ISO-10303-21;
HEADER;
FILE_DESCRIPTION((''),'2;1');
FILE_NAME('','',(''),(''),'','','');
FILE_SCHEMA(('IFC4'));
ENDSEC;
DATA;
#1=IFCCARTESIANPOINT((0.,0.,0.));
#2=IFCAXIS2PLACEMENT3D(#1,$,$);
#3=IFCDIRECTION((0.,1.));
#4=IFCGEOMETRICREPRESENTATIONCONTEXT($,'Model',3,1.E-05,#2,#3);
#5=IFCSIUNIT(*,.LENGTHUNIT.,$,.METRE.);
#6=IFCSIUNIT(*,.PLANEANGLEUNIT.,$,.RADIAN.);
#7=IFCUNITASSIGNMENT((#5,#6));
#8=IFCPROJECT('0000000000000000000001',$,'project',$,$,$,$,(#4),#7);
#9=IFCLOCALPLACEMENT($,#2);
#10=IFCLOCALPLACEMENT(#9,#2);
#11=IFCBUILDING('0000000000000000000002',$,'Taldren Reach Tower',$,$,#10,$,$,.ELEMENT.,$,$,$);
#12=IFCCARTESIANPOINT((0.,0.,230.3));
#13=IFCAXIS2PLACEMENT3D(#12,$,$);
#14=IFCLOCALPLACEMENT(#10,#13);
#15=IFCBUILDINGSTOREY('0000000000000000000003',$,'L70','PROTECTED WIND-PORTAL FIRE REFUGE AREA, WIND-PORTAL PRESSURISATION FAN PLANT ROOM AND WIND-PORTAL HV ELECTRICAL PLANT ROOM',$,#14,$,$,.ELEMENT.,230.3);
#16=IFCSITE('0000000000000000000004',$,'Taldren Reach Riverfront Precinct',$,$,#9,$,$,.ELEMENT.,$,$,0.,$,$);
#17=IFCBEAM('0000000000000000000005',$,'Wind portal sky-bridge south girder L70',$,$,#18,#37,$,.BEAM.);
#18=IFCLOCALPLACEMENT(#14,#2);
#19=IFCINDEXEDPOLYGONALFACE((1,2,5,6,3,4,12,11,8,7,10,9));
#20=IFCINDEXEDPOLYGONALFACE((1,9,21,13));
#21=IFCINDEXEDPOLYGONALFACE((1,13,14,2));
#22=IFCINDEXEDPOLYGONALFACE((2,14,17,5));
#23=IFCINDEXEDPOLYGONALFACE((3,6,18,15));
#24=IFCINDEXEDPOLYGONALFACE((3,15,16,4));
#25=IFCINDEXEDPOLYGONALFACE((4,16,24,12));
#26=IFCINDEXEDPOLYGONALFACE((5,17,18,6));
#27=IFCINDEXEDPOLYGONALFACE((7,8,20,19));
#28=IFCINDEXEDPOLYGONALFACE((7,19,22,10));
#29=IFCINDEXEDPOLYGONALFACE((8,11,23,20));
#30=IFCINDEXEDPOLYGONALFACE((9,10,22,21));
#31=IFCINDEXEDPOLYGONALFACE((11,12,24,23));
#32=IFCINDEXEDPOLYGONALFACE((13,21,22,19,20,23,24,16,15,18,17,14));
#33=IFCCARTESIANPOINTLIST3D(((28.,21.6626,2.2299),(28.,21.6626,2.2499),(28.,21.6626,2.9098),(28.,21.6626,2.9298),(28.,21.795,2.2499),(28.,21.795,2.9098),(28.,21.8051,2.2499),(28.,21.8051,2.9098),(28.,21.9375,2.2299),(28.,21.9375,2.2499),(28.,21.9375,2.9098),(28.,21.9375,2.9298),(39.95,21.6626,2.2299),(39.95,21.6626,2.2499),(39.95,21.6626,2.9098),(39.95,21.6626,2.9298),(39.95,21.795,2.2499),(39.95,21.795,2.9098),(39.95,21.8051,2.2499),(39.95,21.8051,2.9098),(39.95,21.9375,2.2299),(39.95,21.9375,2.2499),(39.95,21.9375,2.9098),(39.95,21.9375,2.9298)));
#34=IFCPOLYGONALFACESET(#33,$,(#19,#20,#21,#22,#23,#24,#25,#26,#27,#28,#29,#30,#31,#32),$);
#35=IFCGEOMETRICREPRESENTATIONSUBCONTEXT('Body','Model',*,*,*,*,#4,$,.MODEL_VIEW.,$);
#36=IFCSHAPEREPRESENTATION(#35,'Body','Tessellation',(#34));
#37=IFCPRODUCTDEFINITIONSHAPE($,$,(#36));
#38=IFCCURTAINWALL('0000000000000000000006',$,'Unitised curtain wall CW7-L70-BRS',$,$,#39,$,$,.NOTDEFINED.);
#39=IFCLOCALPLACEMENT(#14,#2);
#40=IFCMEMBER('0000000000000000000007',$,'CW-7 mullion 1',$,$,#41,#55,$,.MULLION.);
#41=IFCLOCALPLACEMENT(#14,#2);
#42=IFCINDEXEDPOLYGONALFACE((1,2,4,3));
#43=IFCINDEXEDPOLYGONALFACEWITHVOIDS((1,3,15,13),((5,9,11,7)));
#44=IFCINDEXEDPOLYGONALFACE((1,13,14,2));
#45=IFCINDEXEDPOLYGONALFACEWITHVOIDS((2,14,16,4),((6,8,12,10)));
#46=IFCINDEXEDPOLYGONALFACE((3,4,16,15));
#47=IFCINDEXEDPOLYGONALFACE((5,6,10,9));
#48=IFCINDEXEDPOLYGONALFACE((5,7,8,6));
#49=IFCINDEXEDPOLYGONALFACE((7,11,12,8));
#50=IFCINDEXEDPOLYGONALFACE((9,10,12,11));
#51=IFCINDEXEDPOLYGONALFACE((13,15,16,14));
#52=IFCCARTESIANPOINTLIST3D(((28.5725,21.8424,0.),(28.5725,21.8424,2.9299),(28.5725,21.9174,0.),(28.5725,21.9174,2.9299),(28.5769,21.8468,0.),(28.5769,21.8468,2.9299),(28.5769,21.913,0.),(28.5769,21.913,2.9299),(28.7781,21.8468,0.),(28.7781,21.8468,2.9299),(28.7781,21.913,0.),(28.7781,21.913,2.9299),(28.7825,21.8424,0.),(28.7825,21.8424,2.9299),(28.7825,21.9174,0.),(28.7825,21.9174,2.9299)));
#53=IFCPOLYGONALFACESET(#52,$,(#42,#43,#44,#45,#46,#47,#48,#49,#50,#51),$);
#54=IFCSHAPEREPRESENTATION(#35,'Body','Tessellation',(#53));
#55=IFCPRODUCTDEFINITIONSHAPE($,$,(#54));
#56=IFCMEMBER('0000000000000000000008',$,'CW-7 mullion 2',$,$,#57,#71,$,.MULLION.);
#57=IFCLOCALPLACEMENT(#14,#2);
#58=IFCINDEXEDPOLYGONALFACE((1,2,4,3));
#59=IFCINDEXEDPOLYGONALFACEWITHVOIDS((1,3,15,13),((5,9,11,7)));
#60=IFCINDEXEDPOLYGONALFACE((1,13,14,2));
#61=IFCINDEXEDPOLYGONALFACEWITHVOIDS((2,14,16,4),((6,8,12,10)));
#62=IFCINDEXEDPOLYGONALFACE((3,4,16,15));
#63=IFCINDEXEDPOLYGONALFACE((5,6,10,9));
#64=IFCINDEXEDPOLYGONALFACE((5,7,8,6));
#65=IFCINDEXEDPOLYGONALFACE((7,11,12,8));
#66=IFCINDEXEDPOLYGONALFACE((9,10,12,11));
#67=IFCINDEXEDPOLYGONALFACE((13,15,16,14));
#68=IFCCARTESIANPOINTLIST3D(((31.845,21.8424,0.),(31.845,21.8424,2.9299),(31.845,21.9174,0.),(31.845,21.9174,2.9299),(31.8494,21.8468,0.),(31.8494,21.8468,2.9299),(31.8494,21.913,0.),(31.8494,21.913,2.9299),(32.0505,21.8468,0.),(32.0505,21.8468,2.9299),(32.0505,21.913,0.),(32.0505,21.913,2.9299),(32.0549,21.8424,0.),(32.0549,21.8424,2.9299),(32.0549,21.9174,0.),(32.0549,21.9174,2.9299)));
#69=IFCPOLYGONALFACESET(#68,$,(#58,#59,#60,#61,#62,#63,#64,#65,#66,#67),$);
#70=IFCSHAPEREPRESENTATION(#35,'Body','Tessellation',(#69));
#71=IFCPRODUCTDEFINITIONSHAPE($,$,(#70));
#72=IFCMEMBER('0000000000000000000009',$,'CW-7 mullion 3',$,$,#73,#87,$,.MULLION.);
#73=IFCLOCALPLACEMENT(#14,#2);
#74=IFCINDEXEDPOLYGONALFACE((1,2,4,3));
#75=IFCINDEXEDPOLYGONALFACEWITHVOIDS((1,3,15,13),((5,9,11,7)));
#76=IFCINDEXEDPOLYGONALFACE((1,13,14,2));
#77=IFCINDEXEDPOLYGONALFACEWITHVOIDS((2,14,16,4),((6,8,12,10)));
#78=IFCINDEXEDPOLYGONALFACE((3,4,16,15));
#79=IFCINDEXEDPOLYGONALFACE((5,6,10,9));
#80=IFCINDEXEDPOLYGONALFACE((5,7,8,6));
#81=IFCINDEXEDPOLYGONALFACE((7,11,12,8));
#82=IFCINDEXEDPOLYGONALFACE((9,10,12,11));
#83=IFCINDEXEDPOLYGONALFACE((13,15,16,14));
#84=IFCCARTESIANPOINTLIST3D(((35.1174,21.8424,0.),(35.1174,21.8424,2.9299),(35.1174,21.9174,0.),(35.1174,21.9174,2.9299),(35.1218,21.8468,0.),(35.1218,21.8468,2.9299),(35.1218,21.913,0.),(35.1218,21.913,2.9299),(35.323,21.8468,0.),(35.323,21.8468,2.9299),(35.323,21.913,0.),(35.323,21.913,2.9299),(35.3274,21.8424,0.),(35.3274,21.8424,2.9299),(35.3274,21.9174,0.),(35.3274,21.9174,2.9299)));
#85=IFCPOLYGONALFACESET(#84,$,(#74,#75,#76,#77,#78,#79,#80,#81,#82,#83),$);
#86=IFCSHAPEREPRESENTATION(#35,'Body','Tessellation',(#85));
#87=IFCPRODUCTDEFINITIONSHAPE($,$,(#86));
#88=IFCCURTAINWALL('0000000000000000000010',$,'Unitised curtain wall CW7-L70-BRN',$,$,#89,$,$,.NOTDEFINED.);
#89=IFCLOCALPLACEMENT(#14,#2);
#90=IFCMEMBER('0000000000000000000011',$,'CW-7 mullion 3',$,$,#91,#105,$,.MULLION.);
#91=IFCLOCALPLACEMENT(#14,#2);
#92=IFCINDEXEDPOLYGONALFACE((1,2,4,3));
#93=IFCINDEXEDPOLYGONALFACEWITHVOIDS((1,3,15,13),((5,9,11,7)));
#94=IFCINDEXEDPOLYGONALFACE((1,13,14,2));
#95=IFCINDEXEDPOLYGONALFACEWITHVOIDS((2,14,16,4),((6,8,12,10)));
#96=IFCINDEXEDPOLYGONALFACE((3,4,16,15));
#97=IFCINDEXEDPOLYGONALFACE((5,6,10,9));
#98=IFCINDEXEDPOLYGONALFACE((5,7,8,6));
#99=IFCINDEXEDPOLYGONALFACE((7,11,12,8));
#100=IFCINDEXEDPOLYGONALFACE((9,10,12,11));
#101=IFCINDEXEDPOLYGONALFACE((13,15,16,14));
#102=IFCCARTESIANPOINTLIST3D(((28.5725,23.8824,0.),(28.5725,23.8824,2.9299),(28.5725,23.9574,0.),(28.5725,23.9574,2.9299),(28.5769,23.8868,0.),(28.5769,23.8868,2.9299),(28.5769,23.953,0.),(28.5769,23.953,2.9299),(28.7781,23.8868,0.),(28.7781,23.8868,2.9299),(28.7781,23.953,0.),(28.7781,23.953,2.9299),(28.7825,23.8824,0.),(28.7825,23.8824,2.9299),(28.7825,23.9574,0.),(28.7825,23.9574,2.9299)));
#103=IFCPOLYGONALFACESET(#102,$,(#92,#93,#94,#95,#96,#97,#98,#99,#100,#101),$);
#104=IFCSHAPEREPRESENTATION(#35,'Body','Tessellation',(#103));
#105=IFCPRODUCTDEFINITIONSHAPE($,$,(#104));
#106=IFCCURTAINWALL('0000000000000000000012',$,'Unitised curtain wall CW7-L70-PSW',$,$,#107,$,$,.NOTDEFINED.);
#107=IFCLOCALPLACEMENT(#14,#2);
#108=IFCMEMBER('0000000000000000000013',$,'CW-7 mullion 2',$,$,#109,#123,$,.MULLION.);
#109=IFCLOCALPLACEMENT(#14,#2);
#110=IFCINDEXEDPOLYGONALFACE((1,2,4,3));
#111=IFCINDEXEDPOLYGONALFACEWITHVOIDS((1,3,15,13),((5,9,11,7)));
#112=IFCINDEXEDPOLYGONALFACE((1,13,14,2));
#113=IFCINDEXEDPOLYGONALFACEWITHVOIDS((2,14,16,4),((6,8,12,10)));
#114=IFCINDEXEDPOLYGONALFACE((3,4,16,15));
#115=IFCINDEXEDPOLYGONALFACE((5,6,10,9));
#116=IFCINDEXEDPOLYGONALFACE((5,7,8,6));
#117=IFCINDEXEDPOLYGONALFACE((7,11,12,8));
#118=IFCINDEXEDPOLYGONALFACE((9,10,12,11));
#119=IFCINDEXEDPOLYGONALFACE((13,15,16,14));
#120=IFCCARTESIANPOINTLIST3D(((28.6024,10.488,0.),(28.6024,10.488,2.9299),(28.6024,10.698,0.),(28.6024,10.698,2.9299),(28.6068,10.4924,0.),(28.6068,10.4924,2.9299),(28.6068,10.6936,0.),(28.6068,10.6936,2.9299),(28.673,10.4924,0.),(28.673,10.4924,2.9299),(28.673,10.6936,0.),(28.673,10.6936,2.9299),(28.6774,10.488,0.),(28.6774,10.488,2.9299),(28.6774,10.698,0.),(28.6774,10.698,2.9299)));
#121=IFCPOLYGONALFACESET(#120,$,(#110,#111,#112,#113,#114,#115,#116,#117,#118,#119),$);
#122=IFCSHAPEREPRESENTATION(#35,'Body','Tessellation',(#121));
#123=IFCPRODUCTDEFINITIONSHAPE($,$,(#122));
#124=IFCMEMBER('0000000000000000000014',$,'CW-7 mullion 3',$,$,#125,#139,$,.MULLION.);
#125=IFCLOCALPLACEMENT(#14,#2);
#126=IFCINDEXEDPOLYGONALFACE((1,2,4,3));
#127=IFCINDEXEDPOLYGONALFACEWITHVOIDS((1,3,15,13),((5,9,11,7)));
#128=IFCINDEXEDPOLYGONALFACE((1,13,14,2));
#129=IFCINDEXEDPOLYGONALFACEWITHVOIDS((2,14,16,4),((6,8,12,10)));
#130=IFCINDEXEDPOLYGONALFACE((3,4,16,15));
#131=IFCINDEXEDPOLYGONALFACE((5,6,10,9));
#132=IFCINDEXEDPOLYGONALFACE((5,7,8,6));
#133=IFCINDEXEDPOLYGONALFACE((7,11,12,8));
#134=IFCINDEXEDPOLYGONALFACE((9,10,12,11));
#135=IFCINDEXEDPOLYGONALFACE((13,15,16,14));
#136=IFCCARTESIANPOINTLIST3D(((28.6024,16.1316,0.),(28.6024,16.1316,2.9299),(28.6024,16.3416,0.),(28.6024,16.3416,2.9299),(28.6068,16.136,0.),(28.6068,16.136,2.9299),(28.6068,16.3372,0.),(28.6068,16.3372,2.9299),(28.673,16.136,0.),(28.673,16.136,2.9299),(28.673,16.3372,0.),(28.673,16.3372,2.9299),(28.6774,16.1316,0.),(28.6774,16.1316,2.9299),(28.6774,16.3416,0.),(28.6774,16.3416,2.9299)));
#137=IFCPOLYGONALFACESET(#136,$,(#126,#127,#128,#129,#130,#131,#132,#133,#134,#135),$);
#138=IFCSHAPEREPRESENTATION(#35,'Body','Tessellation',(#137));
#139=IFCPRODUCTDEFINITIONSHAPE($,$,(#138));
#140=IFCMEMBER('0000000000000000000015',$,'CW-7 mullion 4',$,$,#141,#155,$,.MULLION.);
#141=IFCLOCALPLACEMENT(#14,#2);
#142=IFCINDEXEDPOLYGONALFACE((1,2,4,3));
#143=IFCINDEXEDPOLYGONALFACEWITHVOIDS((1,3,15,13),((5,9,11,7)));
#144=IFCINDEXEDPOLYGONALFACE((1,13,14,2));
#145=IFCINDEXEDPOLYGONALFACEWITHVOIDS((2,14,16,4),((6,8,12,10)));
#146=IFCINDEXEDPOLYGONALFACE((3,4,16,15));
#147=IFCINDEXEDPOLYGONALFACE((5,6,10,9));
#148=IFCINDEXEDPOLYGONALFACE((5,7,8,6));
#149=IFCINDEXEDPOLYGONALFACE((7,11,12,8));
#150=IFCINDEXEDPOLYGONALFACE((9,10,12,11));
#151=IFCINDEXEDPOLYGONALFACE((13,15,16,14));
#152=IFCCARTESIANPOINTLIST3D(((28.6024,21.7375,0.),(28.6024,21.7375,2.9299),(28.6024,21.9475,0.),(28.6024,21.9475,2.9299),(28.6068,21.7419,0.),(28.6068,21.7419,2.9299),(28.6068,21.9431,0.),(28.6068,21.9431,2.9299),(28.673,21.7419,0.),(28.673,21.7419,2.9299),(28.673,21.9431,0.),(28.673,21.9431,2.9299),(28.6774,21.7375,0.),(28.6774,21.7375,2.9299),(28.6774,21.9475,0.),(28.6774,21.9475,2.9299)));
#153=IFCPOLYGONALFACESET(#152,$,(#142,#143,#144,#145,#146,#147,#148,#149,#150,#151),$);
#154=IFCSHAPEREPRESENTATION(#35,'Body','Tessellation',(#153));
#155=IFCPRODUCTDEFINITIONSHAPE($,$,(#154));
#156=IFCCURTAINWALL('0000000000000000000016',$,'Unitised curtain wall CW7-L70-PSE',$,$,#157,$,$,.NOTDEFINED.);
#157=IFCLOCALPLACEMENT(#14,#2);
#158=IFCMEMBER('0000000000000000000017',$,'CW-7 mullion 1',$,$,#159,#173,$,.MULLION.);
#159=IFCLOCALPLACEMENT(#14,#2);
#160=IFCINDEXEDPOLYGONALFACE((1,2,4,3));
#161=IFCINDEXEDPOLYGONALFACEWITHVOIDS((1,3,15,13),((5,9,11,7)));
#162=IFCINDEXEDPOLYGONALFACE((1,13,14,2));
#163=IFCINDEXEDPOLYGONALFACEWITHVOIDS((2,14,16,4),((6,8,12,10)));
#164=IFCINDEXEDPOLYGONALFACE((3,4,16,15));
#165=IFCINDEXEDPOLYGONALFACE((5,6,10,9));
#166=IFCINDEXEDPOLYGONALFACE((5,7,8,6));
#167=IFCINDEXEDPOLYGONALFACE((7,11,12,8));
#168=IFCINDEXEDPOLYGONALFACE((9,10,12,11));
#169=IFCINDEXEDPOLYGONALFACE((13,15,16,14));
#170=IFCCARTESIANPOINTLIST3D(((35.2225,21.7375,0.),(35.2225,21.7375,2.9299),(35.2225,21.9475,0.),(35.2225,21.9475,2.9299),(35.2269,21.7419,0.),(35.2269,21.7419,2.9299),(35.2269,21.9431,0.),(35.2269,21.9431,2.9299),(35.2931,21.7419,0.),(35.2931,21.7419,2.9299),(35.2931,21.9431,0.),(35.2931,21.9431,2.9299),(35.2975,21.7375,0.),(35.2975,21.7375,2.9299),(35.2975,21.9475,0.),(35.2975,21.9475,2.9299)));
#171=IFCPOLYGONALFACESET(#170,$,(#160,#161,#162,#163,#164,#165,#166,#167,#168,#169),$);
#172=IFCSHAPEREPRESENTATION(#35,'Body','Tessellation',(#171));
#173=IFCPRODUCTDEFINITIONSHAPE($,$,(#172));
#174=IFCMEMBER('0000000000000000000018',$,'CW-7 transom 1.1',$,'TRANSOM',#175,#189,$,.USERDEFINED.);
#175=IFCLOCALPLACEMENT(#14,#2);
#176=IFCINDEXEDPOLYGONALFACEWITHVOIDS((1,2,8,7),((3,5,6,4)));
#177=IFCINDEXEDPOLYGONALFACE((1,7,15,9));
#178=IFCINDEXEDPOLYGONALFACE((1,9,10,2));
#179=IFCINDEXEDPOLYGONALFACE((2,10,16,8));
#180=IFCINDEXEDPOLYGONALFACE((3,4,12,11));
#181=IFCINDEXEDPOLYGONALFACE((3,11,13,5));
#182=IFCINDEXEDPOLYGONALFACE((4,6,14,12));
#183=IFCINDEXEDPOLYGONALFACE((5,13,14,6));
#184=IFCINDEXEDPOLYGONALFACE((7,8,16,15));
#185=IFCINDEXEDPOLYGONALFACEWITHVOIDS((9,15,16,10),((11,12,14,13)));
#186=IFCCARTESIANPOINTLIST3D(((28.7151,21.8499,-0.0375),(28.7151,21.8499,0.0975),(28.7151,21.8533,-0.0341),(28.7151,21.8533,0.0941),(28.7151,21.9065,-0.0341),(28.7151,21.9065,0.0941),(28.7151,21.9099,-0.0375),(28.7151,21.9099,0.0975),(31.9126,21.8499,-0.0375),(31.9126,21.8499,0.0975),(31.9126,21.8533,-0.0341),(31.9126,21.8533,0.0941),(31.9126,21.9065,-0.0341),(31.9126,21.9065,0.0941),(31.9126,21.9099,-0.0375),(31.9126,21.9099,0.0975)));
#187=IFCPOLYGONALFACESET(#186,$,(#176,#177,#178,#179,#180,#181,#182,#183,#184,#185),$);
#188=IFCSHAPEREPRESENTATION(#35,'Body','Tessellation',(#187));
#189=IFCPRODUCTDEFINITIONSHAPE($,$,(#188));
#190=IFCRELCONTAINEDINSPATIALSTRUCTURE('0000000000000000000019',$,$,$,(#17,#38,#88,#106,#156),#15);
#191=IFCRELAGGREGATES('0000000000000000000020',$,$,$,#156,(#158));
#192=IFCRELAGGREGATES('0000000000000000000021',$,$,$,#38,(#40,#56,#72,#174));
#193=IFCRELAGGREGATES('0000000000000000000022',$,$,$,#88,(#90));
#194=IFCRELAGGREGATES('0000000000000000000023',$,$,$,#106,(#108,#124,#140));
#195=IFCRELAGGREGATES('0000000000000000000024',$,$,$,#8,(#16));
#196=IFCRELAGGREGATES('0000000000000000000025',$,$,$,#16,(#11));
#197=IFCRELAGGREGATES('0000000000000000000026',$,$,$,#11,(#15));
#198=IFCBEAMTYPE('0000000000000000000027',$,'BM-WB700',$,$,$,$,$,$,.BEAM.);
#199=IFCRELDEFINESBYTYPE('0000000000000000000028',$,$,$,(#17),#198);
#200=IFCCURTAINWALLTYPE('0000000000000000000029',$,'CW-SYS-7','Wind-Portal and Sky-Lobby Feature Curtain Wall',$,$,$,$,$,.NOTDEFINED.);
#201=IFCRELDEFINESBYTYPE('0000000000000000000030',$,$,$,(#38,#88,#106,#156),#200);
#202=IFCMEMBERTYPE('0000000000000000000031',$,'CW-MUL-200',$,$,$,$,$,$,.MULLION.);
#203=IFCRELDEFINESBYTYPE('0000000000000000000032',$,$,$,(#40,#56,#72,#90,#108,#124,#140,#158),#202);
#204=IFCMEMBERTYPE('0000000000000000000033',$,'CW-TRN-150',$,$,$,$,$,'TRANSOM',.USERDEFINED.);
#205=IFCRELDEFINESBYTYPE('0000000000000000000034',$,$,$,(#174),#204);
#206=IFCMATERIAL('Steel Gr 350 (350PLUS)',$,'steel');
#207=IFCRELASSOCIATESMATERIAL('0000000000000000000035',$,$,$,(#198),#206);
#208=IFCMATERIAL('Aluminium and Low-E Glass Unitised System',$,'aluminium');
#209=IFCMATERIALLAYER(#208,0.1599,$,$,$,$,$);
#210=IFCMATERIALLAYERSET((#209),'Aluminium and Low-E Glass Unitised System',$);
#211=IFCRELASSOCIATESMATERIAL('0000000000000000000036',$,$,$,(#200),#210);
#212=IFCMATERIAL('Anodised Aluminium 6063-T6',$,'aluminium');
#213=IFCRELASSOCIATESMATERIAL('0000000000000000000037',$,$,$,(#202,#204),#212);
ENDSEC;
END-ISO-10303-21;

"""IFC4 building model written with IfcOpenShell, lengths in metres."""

from ifc_helpers import new_model, si_unit, direction, frame, origin, origin_2d, place, context, subcontext, project, spatial, hollow_rectangle, i_section, extrude, source, transform, mapped, material, layer, layer_set, material_profile, profile_set, type_object, element, aggregate, save


model = new_model("IFC4")

# Units and contexts
model_context = context("Model", 3, precision=1e-05, world=origin(), true_north=direction((0.0, 1.0)))
body_context = subcontext(model_context, "Body", "Model", "MODEL_VIEW")
ifc_project = project(units=[si_unit("LENGTHUNIT", "METRE"), si_unit("PLANEANGLEUNIT", "RADIAN")], contexts=[model_context])

# Site, building, storey
site_placement = place(None, origin())
site = spatial("IfcSite", under=ifc_project, at=site_placement, Name="Taldren Reach Riverfront Precinct", CompositionType="ELEMENT", RefElevation=0.0)
building_placement = place(site_placement, origin())
building = spatial("IfcBuilding", under=site, at=building_placement, Name="Taldren Reach Tower", CompositionType="ELEMENT")
storey_placement = place(building_placement, frame((0.0, 0.0, 230.3)))
storey = spatial("IfcBuildingStorey", under=building, at=storey_placement, Name="L70", Description="PROTECTED WIND-PORTAL FIRE REFUGE AREA, WIND-PORTAL PRESSURISATION FAN PLANT ROOM AND WIND-PORTAL HV ELECTRICAL PLANT ROOM", CompositionType="ELEMENT", Elevation=230.3)

# Beam
ifc_material_1 = material(Name="Steel Gr 350 (350PLUS)", Category="steel")
ifc_material_profile_1 = material_profile(ifc_material_1, i_section(OverallWidth=0.2749, OverallDepth=0.7, WebThickness=0.01, FlangeThickness=0.02, at=origin_2d()), Name="700WB150")
ifc_profile_set_1 = profile_set([ifc_material_profile_1], Name="Steel Gr 350 (350PLUS)")
beam_type = type_object("IfcBeamType", Name="BM-WB700", PredefinedType="BEAM", material=ifc_profile_set_1)
shared_shape_1 = source(origin(), body_context, "Body", "SweptSolid", [
    extrude(i_section(OverallWidth=0.2749, OverallDepth=0.7, WebThickness=0.01, FlangeThickness=0.02, at=origin_2d()), origin(), (0.0, 0.0, 1.0), 11.95),
])
beam_placement = place(storey_placement, frame((28.0, 21.8, 2.5798), z_axis=(1.0, 0.0, 0.0), x_axis=(0.0, 1.0, 0.0)))
element("IfcBeam", 1, at=beam_placement, inside=storey, type_object=beam_type, Name="Wind portal sky-bridge south girder L70", PredefinedType="BEAM", context=body_context, shape_type="MappedRepresentation", body=[
    mapped(shared_shape_1, transform((0.0, 0.0, 0.0), scale=1.0)),
])

# Curtain wall, members
ifc_material_2 = material(Name="Aluminium and Low-E Glass Unitised System", Category="aluminium")
ifc_layer_1 = layer(ifc_material_2, 0.1599)
ifc_layer_set_1 = layer_set([ifc_layer_1], Name="Aluminium and Low-E Glass Unitised System")
curtain_wall_type = type_object("IfcCurtainWallType", Name="CW-SYS-7", Description="Wind-Portal and Sky-Lobby Feature Curtain Wall", PredefinedType="NOTDEFINED", material=ifc_layer_set_1)
curtain_wall_1_placement = place(storey_placement, origin())
curtain_wall_1 = element("IfcCurtainWall", 2, at=curtain_wall_1_placement, inside=storey, type_object=curtain_wall_type, Name="Unitised curtain wall CW7-L70-BRS", PredefinedType="NOTDEFINED")
ifc_material_3 = material(Name="Anodised Aluminium 6063-T6", Category="aluminium")
ifc_material_profile_2 = material_profile(ifc_material_3, hollow_rectangle(XDim=0.075, YDim=0.21, WallThickness=0.0044, at=origin_2d()), Name="ALU-210x75x4.5RHS")
ifc_profile_set_2 = profile_set([ifc_material_profile_2], Name="Anodised Aluminium 6063-T6")
member_type_1 = type_object("IfcMemberType", Name="CW-MUL-200", PredefinedType="MULLION", material=ifc_profile_set_2)
shared_shape_2 = source(origin(), body_context, "Body", "SweptSolid", [
    extrude(hollow_rectangle(XDim=0.075, YDim=0.21, WallThickness=0.0044, at=origin_2d()), origin(), (0.0, 0.0, 1.0), 2.9299),
])
member_1_placement = place(storey_placement, frame((28.6775, 21.8799, 0.0), z_axis=(0.0, 0.0, 1.0), x_axis=(0.0, 1.0, 0.0)))
member_1 = element("IfcMember", 3, at=member_1_placement, type_object=member_type_1, Name="CW-7 mullion 1", PredefinedType="MULLION", context=body_context, shape_type="MappedRepresentation", body=[
    mapped(shared_shape_2, transform((0.0, 0.0, 0.0), scale=1.0)),
])
member_2_placement = place(storey_placement, frame((31.95, 21.8799, 0.0), z_axis=(0.0, 0.0, 1.0), x_axis=(0.0, 1.0, 0.0)))
member_2 = element("IfcMember", 4, at=member_2_placement, type_object=member_type_1, Name="CW-7 mullion 2", PredefinedType="MULLION", context=body_context, shape_type="MappedRepresentation", body=[
    mapped(shared_shape_2, transform((0.0, 0.0, 0.0), scale=1.0)),
])
member_3_placement = place(storey_placement, frame((35.2224, 21.8799, 0.0), z_axis=(0.0, 0.0, 1.0), x_axis=(0.0, 1.0, 0.0)))
member_3 = element("IfcMember", 5, at=member_3_placement, type_object=member_type_1, Name="CW-7 mullion 3", PredefinedType="MULLION", context=body_context, shape_type="MappedRepresentation", body=[
    mapped(shared_shape_2, transform((0.0, 0.0, 0.0), scale=1.0)),
])

# Curtain wall, member
curtain_wall_2_placement = place(storey_placement, origin())
curtain_wall_2 = element("IfcCurtainWall", 6, at=curtain_wall_2_placement, inside=storey, type_object=curtain_wall_type, Name="Unitised curtain wall CW7-L70-BRN", PredefinedType="NOTDEFINED")
member_4_placement = place(storey_placement, frame((28.6775, 23.9199, 0.0), z_axis=(0.0, 0.0, 1.0), x_axis=(0.0, -1.0, 0.0)))
member_4 = element("IfcMember", 7, at=member_4_placement, type_object=member_type_1, Name="CW-7 mullion 3", PredefinedType="MULLION", context=body_context, shape_type="MappedRepresentation", body=[
    mapped(shared_shape_2, transform((0.0, 0.0, 0.0), scale=1.0)),
])

# Curtain wall, members
curtain_wall_3_placement = place(storey_placement, origin())
curtain_wall_3 = element("IfcCurtainWall", 8, at=curtain_wall_3_placement, inside=storey, type_object=curtain_wall_type, Name="Unitised curtain wall CW7-L70-PSW", PredefinedType="NOTDEFINED")
member_5_placement = place(storey_placement, frame((28.6399, 10.593, 0.0), z_axis=(0.0, 0.0, 1.0), x_axis=(-1.0, 0.0, 0.0)))
member_5 = element("IfcMember", 9, at=member_5_placement, type_object=member_type_1, Name="CW-7 mullion 2", PredefinedType="MULLION", context=body_context, shape_type="MappedRepresentation", body=[
    mapped(shared_shape_2, transform((0.0, 0.0, 0.0), scale=1.0)),
])
member_6_placement = place(storey_placement, frame((28.6399, 16.2366, 0.0), z_axis=(0.0, 0.0, 1.0), x_axis=(-1.0, 0.0, 0.0)))
member_6 = element("IfcMember", 10, at=member_6_placement, type_object=member_type_1, Name="CW-7 mullion 3", PredefinedType="MULLION", context=body_context, shape_type="MappedRepresentation", body=[
    mapped(shared_shape_2, transform((0.0, 0.0, 0.0), scale=1.0)),
])
member_7_placement = place(storey_placement, frame((28.6399, 21.8425, 0.0), z_axis=(0.0, 0.0, 1.0), x_axis=(-1.0, 0.0, 0.0)))
member_7 = element("IfcMember", 11, at=member_7_placement, type_object=member_type_1, Name="CW-7 mullion 4", PredefinedType="MULLION", context=body_context, shape_type="MappedRepresentation", body=[
    mapped(shared_shape_2, transform((0.0, 0.0, 0.0), scale=1.0)),
])

# Curtain wall, member
curtain_wall_4_placement = place(storey_placement, origin())
curtain_wall_4 = element("IfcCurtainWall", 12, at=curtain_wall_4_placement, inside=storey, type_object=curtain_wall_type, Name="Unitised curtain wall CW7-L70-PSE", PredefinedType="NOTDEFINED")
member_8_placement = place(storey_placement, frame((35.26, 21.8425, 0.0), z_axis=(0.0, 0.0, 1.0), x_axis=(1.0, 0.0, 0.0)))
member_8 = element("IfcMember", 13, at=member_8_placement, type_object=member_type_1, Name="CW-7 mullion 1", PredefinedType="MULLION", context=body_context, shape_type="MappedRepresentation", body=[
    mapped(shared_shape_2, transform((0.0, 0.0, 0.0), scale=1.0)),
])
aggregate(curtain_wall_4, [member_8])

# Member
ifc_material_profile_3 = material_profile(ifc_material_3, hollow_rectangle(XDim=0.0601, YDim=0.135, WallThickness=0.0034, at=origin_2d()), Name="ALU-135x60x3.5RHS")
ifc_profile_set_3 = profile_set([ifc_material_profile_3], Name="Anodised Aluminium 6063-T6")
member_type_2 = type_object("IfcMemberType", Name="CW-TRN-150", ElementType="TRANSOM", PredefinedType="USERDEFINED", material=ifc_profile_set_3)
shared_shape_3 = source(origin(), body_context, "Body", "SweptSolid", [
    extrude(hollow_rectangle(XDim=0.0601, YDim=0.135, WallThickness=0.0034, at=origin_2d()), origin(), (0.0, 0.0, 1.0), 3.1975),
])
member_9_placement = place(storey_placement, frame((28.7151, 21.8799, 0.03), z_axis=(1.0, 0.0, 0.0), x_axis=(0.0, 1.0, 0.0)))
member_9 = element("IfcMember", 14, at=member_9_placement, type_object=member_type_2, Name="CW-7 transom 1.1", ObjectType="TRANSOM", PredefinedType="USERDEFINED", context=body_context, shape_type="MappedRepresentation", body=[
    mapped(shared_shape_3, transform((0.0, 0.0, 0.0), scale=1.0)),
])

aggregate(curtain_wall_1, [member_1, member_2, member_3, member_9])
aggregate(curtain_wall_2, [member_4])
aggregate(curtain_wall_3, [member_5, member_6, member_7])

save(model, "model.ifc")
